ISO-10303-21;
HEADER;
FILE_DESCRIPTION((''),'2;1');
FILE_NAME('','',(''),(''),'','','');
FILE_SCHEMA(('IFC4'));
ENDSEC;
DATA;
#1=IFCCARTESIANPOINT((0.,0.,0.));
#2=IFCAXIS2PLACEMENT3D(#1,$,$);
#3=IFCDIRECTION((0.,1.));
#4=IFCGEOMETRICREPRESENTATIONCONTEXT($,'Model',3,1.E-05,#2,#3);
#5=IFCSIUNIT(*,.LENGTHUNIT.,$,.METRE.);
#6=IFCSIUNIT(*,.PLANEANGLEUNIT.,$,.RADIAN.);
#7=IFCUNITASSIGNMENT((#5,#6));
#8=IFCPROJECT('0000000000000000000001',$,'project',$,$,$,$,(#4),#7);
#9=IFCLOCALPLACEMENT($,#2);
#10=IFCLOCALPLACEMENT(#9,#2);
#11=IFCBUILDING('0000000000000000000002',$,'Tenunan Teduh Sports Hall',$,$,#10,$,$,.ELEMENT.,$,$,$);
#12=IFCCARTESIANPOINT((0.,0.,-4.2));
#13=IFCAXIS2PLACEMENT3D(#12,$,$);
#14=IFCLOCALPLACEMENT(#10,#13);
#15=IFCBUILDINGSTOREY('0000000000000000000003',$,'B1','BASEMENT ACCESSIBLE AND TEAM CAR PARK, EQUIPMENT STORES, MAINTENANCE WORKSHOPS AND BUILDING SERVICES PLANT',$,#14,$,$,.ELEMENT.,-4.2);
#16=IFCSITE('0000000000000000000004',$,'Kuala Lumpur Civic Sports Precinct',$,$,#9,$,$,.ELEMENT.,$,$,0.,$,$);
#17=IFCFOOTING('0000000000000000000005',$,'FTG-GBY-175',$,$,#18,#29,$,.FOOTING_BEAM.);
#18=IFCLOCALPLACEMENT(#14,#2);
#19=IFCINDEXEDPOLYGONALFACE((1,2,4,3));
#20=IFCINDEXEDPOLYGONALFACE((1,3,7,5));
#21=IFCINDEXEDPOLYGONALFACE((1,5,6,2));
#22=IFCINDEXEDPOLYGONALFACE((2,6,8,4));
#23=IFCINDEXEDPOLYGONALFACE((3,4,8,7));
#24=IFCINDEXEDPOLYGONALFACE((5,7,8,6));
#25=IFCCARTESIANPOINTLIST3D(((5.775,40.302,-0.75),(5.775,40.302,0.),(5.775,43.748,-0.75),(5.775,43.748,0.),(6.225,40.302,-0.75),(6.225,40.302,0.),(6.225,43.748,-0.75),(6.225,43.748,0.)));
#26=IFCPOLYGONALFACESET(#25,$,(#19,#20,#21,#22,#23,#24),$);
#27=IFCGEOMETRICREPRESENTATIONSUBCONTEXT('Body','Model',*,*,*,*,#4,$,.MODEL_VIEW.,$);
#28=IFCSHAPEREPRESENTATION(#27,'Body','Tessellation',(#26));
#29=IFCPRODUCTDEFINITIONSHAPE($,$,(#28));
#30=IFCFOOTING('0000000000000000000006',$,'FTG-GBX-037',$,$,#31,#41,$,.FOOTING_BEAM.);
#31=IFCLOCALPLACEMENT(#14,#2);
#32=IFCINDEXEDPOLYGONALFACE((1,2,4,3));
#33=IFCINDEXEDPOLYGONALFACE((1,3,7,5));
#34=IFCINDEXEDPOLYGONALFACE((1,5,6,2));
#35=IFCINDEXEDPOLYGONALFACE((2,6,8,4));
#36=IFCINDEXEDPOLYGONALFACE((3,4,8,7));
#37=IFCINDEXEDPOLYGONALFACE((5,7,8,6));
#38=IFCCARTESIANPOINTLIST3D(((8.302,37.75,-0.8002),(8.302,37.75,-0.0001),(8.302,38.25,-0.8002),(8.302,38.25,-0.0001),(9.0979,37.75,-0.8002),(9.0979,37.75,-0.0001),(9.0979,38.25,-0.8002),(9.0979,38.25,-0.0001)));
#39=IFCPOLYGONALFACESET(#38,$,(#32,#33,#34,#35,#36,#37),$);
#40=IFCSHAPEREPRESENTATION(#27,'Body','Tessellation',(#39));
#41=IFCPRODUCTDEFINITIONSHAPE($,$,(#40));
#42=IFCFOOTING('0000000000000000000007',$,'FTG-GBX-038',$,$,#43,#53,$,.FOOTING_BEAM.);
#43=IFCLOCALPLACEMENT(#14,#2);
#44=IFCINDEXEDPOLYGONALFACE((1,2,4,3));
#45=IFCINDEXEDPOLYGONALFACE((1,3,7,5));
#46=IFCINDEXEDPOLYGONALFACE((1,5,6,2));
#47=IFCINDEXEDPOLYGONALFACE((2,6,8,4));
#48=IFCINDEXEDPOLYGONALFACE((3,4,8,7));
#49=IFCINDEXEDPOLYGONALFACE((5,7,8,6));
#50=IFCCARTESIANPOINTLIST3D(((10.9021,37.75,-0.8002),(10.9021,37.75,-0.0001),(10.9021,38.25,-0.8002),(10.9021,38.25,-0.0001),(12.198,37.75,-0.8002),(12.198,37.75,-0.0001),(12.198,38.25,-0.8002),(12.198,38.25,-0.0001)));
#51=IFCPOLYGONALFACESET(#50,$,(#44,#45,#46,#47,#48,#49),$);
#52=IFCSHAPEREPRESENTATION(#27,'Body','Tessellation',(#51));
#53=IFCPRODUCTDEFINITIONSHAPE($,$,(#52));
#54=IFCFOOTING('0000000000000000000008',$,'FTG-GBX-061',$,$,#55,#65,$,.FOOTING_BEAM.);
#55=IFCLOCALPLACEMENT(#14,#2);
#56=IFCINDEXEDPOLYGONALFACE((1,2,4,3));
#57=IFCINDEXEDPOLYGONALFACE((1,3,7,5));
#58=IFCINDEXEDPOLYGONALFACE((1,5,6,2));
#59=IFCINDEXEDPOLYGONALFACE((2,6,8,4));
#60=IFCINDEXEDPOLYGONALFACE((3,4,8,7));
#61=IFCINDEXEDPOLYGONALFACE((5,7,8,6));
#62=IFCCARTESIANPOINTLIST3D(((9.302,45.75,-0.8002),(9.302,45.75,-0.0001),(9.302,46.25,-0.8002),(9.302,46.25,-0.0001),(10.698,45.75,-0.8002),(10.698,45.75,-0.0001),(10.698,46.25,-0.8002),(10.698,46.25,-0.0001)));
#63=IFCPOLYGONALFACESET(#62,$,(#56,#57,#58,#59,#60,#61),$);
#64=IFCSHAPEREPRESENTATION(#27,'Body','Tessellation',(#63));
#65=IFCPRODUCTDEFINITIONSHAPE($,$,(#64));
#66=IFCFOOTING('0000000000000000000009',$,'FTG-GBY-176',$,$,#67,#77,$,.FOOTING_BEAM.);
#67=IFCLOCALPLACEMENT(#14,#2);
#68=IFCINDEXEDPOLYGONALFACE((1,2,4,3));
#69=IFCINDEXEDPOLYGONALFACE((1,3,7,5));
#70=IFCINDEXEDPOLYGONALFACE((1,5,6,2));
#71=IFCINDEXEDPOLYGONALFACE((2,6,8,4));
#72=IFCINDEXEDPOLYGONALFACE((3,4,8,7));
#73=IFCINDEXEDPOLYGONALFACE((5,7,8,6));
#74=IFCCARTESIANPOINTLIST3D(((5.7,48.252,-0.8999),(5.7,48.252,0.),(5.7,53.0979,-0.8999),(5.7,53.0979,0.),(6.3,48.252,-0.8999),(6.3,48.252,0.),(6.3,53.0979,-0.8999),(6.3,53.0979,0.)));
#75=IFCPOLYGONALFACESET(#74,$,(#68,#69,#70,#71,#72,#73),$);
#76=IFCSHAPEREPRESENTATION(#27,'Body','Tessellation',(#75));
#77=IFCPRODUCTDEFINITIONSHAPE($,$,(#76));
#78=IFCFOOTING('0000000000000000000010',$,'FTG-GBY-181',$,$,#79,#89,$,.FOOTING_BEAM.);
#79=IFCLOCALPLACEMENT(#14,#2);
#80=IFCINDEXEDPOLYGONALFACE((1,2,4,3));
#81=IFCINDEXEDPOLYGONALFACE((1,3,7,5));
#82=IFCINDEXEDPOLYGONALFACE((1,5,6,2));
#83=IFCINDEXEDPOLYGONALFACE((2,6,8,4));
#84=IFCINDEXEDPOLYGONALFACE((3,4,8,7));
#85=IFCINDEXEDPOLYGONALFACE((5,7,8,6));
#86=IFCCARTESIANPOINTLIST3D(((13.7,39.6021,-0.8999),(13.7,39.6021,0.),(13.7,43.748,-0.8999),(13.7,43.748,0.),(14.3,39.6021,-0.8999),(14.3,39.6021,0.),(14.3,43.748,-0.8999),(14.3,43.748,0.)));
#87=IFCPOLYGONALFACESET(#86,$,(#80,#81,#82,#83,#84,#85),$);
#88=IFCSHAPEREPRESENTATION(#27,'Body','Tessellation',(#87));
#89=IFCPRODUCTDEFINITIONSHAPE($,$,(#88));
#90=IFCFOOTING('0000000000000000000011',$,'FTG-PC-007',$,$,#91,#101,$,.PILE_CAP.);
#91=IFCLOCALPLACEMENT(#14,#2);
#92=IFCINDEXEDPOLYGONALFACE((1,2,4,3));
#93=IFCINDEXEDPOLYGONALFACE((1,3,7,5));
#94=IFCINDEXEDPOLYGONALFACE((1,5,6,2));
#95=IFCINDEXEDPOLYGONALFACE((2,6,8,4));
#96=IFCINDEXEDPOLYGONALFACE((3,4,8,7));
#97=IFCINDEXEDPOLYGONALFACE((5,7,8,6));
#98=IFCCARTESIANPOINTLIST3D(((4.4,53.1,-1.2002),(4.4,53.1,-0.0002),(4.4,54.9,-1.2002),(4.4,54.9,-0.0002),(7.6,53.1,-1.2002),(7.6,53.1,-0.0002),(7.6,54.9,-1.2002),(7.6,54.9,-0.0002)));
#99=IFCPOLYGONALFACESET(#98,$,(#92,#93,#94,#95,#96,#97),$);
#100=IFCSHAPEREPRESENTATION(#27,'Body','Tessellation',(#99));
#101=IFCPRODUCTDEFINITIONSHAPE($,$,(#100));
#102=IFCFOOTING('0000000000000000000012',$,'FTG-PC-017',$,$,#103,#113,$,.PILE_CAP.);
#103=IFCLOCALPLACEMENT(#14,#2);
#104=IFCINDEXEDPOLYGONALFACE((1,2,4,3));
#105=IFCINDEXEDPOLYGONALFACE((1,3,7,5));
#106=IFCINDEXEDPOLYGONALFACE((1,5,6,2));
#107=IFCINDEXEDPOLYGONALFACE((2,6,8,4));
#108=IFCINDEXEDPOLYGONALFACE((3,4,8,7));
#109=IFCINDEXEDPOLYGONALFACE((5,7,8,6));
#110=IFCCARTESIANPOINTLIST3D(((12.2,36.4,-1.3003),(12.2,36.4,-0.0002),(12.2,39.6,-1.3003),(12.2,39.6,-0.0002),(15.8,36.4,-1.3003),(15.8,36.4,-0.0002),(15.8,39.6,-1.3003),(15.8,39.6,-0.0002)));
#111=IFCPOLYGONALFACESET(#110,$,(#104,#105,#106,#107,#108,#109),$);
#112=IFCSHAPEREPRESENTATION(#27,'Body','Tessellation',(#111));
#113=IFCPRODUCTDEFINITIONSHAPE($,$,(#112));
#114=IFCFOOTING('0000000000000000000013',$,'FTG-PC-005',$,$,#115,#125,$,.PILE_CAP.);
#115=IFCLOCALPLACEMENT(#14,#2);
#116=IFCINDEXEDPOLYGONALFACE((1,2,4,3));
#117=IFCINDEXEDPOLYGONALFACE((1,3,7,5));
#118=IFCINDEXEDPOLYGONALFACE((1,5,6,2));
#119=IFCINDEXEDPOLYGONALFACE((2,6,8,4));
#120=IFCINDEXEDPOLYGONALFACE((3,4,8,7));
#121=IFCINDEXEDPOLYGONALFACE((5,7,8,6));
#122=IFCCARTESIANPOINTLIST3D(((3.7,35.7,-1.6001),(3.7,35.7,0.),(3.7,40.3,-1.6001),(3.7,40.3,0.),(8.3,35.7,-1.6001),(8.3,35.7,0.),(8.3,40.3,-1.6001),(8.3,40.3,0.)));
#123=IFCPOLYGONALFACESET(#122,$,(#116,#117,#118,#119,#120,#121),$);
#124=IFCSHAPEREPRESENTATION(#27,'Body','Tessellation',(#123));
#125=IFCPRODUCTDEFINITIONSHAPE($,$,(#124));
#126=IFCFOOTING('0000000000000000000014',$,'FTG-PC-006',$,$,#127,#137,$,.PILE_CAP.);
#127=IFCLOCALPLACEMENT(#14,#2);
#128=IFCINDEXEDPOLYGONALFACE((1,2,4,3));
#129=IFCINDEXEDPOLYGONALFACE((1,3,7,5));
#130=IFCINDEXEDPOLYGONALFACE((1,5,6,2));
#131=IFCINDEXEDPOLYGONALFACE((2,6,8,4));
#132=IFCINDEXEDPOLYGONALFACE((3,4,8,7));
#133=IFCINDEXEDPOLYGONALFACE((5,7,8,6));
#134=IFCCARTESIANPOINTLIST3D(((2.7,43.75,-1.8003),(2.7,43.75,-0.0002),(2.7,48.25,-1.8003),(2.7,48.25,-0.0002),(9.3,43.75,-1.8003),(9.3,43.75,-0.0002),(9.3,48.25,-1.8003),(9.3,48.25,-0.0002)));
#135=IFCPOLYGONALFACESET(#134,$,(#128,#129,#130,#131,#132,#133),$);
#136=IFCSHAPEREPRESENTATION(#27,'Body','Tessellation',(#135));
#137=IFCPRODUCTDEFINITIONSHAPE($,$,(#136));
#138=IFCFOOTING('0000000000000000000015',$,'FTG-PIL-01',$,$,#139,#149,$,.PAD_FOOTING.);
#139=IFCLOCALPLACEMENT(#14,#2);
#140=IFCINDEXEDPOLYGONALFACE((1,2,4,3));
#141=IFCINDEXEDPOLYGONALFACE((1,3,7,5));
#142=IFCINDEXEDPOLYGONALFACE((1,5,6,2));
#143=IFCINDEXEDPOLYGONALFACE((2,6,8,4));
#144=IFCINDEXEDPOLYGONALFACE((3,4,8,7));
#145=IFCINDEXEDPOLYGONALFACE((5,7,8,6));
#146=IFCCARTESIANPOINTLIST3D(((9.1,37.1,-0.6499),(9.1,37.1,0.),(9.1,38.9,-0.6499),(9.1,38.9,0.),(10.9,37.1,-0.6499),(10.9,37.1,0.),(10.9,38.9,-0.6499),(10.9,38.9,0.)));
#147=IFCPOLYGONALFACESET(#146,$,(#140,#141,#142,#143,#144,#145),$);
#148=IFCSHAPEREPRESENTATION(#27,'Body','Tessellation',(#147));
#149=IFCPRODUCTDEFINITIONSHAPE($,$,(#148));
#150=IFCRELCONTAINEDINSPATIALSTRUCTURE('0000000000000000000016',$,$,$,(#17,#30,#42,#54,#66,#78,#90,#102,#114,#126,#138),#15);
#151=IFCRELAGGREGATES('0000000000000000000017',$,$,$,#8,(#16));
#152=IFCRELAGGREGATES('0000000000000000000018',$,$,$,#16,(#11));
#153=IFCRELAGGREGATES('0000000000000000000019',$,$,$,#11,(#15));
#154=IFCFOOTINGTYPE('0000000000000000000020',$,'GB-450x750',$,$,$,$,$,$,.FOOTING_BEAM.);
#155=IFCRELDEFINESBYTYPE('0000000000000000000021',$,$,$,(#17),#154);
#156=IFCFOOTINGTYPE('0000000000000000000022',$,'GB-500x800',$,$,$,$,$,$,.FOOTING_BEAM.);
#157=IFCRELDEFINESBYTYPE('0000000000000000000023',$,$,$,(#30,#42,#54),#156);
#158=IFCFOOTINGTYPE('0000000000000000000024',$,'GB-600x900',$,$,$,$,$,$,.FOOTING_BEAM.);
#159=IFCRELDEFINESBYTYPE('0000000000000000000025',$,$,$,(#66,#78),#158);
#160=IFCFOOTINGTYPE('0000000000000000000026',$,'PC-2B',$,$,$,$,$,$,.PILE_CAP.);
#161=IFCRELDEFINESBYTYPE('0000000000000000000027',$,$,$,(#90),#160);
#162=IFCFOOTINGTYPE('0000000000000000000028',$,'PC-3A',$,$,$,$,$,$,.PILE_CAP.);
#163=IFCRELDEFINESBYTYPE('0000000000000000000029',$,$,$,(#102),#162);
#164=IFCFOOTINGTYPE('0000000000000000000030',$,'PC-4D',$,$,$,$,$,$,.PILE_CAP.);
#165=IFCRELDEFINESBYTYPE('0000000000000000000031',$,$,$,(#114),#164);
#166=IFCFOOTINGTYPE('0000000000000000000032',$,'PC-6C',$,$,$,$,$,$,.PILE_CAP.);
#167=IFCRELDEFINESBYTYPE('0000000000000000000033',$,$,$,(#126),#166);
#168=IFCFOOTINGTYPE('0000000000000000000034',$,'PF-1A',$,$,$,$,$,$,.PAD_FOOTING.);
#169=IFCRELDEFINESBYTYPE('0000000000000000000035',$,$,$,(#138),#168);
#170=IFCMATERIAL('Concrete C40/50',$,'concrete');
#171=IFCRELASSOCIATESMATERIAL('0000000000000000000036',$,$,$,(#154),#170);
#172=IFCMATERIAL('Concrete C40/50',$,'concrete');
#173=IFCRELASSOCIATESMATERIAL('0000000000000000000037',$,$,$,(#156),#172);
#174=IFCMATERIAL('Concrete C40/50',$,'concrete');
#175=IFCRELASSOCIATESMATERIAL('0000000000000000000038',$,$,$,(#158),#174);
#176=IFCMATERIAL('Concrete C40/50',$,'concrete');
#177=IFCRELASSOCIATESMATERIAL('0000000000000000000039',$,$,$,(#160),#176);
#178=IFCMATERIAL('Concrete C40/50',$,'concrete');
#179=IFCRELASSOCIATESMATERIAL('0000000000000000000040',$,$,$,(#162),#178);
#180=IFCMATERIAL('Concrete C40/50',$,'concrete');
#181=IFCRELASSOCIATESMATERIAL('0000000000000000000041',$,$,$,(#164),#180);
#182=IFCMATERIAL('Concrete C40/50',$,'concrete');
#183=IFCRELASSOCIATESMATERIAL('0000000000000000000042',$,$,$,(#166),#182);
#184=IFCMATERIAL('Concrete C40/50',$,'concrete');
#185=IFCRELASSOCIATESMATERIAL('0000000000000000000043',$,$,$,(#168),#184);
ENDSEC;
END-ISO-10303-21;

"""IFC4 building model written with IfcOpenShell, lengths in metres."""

from ifc_helpers import new_model, si_unit, direction, frame, origin, origin_2d, place, context, subcontext, project, spatial, rectangle, extrude, material, material_profile, profile_set, type_object, element, save


model = new_model("IFC4")

# Units and contexts
model_context = context("Model", 3, precision=1e-05, world=origin(), true_north=direction((0.0, 1.0)))
body_context = subcontext(model_context, "Body", "Model", "MODEL_VIEW")
ifc_project = project(units=[si_unit("LENGTHUNIT", "METRE"), si_unit("PLANEANGLEUNIT", "RADIAN")], contexts=[model_context])

# Site, building, storey
site_placement = place(None, origin())
site = spatial("IfcSite", under=ifc_project, at=site_placement, Name="Kuala Lumpur Civic Sports Precinct", CompositionType="ELEMENT", RefElevation=0.0)
building_placement = place(site_placement, origin())
building = spatial("IfcBuilding", under=site, at=building_placement, Name="Tenunan Teduh Sports Hall", CompositionType="ELEMENT")
storey_placement = place(building_placement, frame((0.0, 0.0, -4.2)))
storey = spatial("IfcBuildingStorey", under=building, at=storey_placement, Name="B1", Description="BASEMENT ACCESSIBLE AND TEAM CAR PARK, EQUIPMENT STORES, MAINTENANCE WORKSHOPS AND BUILDING SERVICES PLANT", CompositionType="ELEMENT", Elevation=-4.2)

# Footings
ifc_material_1 = material(Name="Concrete C40/50", Category="concrete")
ifc_material_profile_1 = material_profile(ifc_material_1, rectangle(XDim=0.45, YDim=0.75, at=origin_2d()), Name="RCB 450x750")
ifc_profile_set_1 = profile_set([ifc_material_profile_1], Name="Concrete C40/50")
footing_type_1 = type_object("IfcFootingType", Name="GB-450x750", PredefinedType="FOOTING_BEAM", material=ifc_profile_set_1)
footing_1_placement = place(storey_placement, frame((6.0, 40.302, -0.375), z_axis=(0.0, 1.0, 0.0), x_axis=(-1.0, 0.0, 0.0)))
element("IfcFooting", 1, at=footing_1_placement, inside=storey, type_object=footing_type_1, Name="FTG-GBY-175", PredefinedType="FOOTING_BEAM", context=body_context, shape_type="SweptSolid", body=[
    extrude(rectangle(XDim=0.45, YDim=0.75, at=origin_2d()), origin(), (0.0, 0.0, 1.0), 3.446),
])
ifc_material_2 = material(Name="Concrete C40/50", Category="concrete")
ifc_material_profile_2 = material_profile(ifc_material_2, rectangle(XDim=0.5, YDim=0.8, at=origin_2d()), Name="RCB 500x800")
ifc_profile_set_2 = profile_set([ifc_material_profile_2], Name="Concrete C40/50")
footing_type_2 = type_object("IfcFootingType", Name="GB-500x800", PredefinedType="FOOTING_BEAM", material=ifc_profile_set_2)
footing_2_placement = place(storey_placement, frame((8.302, 38.0, -0.4001), z_axis=(1.0, 0.0, 0.0), x_axis=(0.0, 1.0, 0.0)))
element("IfcFooting", 2, at=footing_2_placement, inside=storey, type_object=footing_type_2, Name="FTG-GBX-037", PredefinedType="FOOTING_BEAM", context=body_context, shape_type="SweptSolid", body=[
    extrude(rectangle(XDim=0.5, YDim=0.8, at=origin_2d()), origin(), (0.0, 0.0, 1.0), 0.7959),
])
footing_3_placement = place(storey_placement, frame((10.9021, 38.0, -0.4001), z_axis=(1.0, 0.0, 0.0), x_axis=(0.0, 1.0, 0.0)))
element("IfcFooting", 3, at=footing_3_placement, inside=storey, type_object=footing_type_2, Name="FTG-GBX-038", PredefinedType="FOOTING_BEAM", context=body_context, shape_type="SweptSolid", body=[
    extrude(rectangle(XDim=0.5, YDim=0.8, at=origin_2d()), origin(), (0.0, 0.0, 1.0), 1.2959),
])
footing_4_placement = place(storey_placement, frame((9.302, 46.0, -0.4001), z_axis=(1.0, 0.0, 0.0), x_axis=(0.0, 1.0, 0.0)))
element("IfcFooting", 4, at=footing_4_placement, inside=storey, type_object=footing_type_2, Name="FTG-GBX-061", PredefinedType="FOOTING_BEAM", context=body_context, shape_type="SweptSolid", body=[
    extrude(rectangle(XDim=0.5, YDim=0.8, at=origin_2d()), origin(), (0.0, 0.0, 1.0), 1.396),
])
ifc_material_3 = material(Name="Concrete C40/50", Category="concrete")
ifc_material_profile_3 = material_profile(ifc_material_3, rectangle(XDim=0.6001, YDim=0.8999, at=origin_2d()), Name="RCB 600x900")
ifc_profile_set_3 = profile_set([ifc_material_profile_3], Name="Concrete C40/50")
footing_type_3 = type_object("IfcFootingType", Name="GB-600x900", PredefinedType="FOOTING_BEAM", material=ifc_profile_set_3)
footing_5_placement = place(storey_placement, frame((6.0, 48.252, -0.45), z_axis=(0.0, 1.0, 0.0), x_axis=(-1.0, 0.0, 0.0)))
element("IfcFooting", 5, at=footing_5_placement, inside=storey, type_object=footing_type_3, Name="FTG-GBY-176", PredefinedType="FOOTING_BEAM", context=body_context, shape_type="SweptSolid", body=[
    extrude(rectangle(XDim=0.6001, YDim=0.8999, at=origin_2d()), origin(), (0.0, 0.0, 1.0), 4.8459),
])
footing_6_placement = place(storey_placement, frame((14.0, 39.6021, -0.45), z_axis=(0.0, 1.0, 0.0), x_axis=(-1.0, 0.0, 0.0)))
element("IfcFooting", 6, at=footing_6_placement, inside=storey, type_object=footing_type_3, Name="FTG-GBY-181", PredefinedType="FOOTING_BEAM", context=body_context, shape_type="SweptSolid", body=[
    extrude(rectangle(XDim=0.6001, YDim=0.8999, at=origin_2d()), origin(), (0.0, 0.0, 1.0), 4.146),
])
ifc_material_4 = material(Name="Concrete C40/50", Category="concrete")
footing_type_4 = type_object("IfcFootingType", Name="PC-2B", PredefinedType="PILE_CAP", material=ifc_material_4)
footing_7_placement = place(storey_placement, frame((6.0, 54.0, -1.2002), z_axis=(0.0, 0.0, 1.0), x_axis=(1.0, 0.0, 0.0)))
element("IfcFooting", 7, at=footing_7_placement, inside=storey, type_object=footing_type_4, Name="FTG-PC-007", PredefinedType="PILE_CAP", context=body_context, shape_type="SweptSolid", body=[
    extrude(rectangle(XDim=3.2, YDim=1.8, at=origin_2d()), origin(), (0.0, 0.0, 1.0), 1.2),
])
ifc_material_5 = material(Name="Concrete C40/50", Category="concrete")
footing_type_5 = type_object("IfcFootingType", Name="PC-3A", PredefinedType="PILE_CAP", material=ifc_material_5)
footing_8_placement = place(storey_placement, frame((14.0, 38.0, -1.3003), z_axis=(0.0, 0.0, 1.0), x_axis=(1.0, 0.0, 0.0)))
element("IfcFooting", 8, at=footing_8_placement, inside=storey, type_object=footing_type_5, Name="FTG-PC-017", PredefinedType="PILE_CAP", context=body_context, shape_type="SweptSolid", body=[
    extrude(rectangle(XDim=3.6001, YDim=3.2, at=origin_2d()), origin(), (0.0, 0.0, 1.0), 1.3),
])
ifc_material_6 = material(Name="Concrete C40/50", Category="concrete")
footing_type_6 = type_object("IfcFootingType", Name="PC-4D", PredefinedType="PILE_CAP", material=ifc_material_6)
footing_9_placement = place(storey_placement, frame((6.0, 38.0, -1.6001), z_axis=(0.0, 0.0, 1.0), x_axis=(1.0, 0.0, 0.0)))
element("IfcFooting", 9, at=footing_9_placement, inside=storey, type_object=footing_type_6, Name="FTG-PC-005", PredefinedType="PILE_CAP", context=body_context, shape_type="SweptSolid", body=[
    extrude(rectangle(XDim=4.6001, YDim=4.6001, at=origin_2d()), origin(), (0.0, 0.0, 1.0), 1.6001),
])
ifc_material_7 = material(Name="Concrete C40/50", Category="concrete")
footing_type_7 = type_object("IfcFootingType", Name="PC-6C", PredefinedType="PILE_CAP", material=ifc_material_7)
footing_10_placement = place(storey_placement, frame((6.0, 46.0, -1.8003), z_axis=(0.0, 0.0, 1.0), x_axis=(1.0, 0.0, 0.0)))
element("IfcFooting", 10, at=footing_10_placement, inside=storey, type_object=footing_type_7, Name="FTG-PC-006", PredefinedType="PILE_CAP", context=body_context, shape_type="SweptSolid", body=[
    extrude(rectangle(XDim=6.6001, YDim=4.5, at=origin_2d()), origin(), (0.0, 0.0, 1.0), 1.8),
])
ifc_material_8 = material(Name="Concrete C40/50", Category="concrete")
footing_type_8 = type_object("IfcFootingType", Name="PF-1A", PredefinedType="PAD_FOOTING", material=ifc_material_8)
footing_11_placement = place(storey_placement, frame((10.0, 38.0, -0.6499), z_axis=(0.0, 0.0, 1.0), x_axis=(1.0, 0.0, 0.0)))
element("IfcFooting", 11, at=footing_11_placement, inside=storey, type_object=footing_type_8, Name="FTG-PIL-01", PredefinedType="PAD_FOOTING", context=body_context, shape_type="SweptSolid", body=[
    extrude(rectangle(XDim=1.8, YDim=1.8, at=origin_2d()), origin(), (0.0, 0.0, 1.0), 0.6499),
])

save(model, "model.ifc")
